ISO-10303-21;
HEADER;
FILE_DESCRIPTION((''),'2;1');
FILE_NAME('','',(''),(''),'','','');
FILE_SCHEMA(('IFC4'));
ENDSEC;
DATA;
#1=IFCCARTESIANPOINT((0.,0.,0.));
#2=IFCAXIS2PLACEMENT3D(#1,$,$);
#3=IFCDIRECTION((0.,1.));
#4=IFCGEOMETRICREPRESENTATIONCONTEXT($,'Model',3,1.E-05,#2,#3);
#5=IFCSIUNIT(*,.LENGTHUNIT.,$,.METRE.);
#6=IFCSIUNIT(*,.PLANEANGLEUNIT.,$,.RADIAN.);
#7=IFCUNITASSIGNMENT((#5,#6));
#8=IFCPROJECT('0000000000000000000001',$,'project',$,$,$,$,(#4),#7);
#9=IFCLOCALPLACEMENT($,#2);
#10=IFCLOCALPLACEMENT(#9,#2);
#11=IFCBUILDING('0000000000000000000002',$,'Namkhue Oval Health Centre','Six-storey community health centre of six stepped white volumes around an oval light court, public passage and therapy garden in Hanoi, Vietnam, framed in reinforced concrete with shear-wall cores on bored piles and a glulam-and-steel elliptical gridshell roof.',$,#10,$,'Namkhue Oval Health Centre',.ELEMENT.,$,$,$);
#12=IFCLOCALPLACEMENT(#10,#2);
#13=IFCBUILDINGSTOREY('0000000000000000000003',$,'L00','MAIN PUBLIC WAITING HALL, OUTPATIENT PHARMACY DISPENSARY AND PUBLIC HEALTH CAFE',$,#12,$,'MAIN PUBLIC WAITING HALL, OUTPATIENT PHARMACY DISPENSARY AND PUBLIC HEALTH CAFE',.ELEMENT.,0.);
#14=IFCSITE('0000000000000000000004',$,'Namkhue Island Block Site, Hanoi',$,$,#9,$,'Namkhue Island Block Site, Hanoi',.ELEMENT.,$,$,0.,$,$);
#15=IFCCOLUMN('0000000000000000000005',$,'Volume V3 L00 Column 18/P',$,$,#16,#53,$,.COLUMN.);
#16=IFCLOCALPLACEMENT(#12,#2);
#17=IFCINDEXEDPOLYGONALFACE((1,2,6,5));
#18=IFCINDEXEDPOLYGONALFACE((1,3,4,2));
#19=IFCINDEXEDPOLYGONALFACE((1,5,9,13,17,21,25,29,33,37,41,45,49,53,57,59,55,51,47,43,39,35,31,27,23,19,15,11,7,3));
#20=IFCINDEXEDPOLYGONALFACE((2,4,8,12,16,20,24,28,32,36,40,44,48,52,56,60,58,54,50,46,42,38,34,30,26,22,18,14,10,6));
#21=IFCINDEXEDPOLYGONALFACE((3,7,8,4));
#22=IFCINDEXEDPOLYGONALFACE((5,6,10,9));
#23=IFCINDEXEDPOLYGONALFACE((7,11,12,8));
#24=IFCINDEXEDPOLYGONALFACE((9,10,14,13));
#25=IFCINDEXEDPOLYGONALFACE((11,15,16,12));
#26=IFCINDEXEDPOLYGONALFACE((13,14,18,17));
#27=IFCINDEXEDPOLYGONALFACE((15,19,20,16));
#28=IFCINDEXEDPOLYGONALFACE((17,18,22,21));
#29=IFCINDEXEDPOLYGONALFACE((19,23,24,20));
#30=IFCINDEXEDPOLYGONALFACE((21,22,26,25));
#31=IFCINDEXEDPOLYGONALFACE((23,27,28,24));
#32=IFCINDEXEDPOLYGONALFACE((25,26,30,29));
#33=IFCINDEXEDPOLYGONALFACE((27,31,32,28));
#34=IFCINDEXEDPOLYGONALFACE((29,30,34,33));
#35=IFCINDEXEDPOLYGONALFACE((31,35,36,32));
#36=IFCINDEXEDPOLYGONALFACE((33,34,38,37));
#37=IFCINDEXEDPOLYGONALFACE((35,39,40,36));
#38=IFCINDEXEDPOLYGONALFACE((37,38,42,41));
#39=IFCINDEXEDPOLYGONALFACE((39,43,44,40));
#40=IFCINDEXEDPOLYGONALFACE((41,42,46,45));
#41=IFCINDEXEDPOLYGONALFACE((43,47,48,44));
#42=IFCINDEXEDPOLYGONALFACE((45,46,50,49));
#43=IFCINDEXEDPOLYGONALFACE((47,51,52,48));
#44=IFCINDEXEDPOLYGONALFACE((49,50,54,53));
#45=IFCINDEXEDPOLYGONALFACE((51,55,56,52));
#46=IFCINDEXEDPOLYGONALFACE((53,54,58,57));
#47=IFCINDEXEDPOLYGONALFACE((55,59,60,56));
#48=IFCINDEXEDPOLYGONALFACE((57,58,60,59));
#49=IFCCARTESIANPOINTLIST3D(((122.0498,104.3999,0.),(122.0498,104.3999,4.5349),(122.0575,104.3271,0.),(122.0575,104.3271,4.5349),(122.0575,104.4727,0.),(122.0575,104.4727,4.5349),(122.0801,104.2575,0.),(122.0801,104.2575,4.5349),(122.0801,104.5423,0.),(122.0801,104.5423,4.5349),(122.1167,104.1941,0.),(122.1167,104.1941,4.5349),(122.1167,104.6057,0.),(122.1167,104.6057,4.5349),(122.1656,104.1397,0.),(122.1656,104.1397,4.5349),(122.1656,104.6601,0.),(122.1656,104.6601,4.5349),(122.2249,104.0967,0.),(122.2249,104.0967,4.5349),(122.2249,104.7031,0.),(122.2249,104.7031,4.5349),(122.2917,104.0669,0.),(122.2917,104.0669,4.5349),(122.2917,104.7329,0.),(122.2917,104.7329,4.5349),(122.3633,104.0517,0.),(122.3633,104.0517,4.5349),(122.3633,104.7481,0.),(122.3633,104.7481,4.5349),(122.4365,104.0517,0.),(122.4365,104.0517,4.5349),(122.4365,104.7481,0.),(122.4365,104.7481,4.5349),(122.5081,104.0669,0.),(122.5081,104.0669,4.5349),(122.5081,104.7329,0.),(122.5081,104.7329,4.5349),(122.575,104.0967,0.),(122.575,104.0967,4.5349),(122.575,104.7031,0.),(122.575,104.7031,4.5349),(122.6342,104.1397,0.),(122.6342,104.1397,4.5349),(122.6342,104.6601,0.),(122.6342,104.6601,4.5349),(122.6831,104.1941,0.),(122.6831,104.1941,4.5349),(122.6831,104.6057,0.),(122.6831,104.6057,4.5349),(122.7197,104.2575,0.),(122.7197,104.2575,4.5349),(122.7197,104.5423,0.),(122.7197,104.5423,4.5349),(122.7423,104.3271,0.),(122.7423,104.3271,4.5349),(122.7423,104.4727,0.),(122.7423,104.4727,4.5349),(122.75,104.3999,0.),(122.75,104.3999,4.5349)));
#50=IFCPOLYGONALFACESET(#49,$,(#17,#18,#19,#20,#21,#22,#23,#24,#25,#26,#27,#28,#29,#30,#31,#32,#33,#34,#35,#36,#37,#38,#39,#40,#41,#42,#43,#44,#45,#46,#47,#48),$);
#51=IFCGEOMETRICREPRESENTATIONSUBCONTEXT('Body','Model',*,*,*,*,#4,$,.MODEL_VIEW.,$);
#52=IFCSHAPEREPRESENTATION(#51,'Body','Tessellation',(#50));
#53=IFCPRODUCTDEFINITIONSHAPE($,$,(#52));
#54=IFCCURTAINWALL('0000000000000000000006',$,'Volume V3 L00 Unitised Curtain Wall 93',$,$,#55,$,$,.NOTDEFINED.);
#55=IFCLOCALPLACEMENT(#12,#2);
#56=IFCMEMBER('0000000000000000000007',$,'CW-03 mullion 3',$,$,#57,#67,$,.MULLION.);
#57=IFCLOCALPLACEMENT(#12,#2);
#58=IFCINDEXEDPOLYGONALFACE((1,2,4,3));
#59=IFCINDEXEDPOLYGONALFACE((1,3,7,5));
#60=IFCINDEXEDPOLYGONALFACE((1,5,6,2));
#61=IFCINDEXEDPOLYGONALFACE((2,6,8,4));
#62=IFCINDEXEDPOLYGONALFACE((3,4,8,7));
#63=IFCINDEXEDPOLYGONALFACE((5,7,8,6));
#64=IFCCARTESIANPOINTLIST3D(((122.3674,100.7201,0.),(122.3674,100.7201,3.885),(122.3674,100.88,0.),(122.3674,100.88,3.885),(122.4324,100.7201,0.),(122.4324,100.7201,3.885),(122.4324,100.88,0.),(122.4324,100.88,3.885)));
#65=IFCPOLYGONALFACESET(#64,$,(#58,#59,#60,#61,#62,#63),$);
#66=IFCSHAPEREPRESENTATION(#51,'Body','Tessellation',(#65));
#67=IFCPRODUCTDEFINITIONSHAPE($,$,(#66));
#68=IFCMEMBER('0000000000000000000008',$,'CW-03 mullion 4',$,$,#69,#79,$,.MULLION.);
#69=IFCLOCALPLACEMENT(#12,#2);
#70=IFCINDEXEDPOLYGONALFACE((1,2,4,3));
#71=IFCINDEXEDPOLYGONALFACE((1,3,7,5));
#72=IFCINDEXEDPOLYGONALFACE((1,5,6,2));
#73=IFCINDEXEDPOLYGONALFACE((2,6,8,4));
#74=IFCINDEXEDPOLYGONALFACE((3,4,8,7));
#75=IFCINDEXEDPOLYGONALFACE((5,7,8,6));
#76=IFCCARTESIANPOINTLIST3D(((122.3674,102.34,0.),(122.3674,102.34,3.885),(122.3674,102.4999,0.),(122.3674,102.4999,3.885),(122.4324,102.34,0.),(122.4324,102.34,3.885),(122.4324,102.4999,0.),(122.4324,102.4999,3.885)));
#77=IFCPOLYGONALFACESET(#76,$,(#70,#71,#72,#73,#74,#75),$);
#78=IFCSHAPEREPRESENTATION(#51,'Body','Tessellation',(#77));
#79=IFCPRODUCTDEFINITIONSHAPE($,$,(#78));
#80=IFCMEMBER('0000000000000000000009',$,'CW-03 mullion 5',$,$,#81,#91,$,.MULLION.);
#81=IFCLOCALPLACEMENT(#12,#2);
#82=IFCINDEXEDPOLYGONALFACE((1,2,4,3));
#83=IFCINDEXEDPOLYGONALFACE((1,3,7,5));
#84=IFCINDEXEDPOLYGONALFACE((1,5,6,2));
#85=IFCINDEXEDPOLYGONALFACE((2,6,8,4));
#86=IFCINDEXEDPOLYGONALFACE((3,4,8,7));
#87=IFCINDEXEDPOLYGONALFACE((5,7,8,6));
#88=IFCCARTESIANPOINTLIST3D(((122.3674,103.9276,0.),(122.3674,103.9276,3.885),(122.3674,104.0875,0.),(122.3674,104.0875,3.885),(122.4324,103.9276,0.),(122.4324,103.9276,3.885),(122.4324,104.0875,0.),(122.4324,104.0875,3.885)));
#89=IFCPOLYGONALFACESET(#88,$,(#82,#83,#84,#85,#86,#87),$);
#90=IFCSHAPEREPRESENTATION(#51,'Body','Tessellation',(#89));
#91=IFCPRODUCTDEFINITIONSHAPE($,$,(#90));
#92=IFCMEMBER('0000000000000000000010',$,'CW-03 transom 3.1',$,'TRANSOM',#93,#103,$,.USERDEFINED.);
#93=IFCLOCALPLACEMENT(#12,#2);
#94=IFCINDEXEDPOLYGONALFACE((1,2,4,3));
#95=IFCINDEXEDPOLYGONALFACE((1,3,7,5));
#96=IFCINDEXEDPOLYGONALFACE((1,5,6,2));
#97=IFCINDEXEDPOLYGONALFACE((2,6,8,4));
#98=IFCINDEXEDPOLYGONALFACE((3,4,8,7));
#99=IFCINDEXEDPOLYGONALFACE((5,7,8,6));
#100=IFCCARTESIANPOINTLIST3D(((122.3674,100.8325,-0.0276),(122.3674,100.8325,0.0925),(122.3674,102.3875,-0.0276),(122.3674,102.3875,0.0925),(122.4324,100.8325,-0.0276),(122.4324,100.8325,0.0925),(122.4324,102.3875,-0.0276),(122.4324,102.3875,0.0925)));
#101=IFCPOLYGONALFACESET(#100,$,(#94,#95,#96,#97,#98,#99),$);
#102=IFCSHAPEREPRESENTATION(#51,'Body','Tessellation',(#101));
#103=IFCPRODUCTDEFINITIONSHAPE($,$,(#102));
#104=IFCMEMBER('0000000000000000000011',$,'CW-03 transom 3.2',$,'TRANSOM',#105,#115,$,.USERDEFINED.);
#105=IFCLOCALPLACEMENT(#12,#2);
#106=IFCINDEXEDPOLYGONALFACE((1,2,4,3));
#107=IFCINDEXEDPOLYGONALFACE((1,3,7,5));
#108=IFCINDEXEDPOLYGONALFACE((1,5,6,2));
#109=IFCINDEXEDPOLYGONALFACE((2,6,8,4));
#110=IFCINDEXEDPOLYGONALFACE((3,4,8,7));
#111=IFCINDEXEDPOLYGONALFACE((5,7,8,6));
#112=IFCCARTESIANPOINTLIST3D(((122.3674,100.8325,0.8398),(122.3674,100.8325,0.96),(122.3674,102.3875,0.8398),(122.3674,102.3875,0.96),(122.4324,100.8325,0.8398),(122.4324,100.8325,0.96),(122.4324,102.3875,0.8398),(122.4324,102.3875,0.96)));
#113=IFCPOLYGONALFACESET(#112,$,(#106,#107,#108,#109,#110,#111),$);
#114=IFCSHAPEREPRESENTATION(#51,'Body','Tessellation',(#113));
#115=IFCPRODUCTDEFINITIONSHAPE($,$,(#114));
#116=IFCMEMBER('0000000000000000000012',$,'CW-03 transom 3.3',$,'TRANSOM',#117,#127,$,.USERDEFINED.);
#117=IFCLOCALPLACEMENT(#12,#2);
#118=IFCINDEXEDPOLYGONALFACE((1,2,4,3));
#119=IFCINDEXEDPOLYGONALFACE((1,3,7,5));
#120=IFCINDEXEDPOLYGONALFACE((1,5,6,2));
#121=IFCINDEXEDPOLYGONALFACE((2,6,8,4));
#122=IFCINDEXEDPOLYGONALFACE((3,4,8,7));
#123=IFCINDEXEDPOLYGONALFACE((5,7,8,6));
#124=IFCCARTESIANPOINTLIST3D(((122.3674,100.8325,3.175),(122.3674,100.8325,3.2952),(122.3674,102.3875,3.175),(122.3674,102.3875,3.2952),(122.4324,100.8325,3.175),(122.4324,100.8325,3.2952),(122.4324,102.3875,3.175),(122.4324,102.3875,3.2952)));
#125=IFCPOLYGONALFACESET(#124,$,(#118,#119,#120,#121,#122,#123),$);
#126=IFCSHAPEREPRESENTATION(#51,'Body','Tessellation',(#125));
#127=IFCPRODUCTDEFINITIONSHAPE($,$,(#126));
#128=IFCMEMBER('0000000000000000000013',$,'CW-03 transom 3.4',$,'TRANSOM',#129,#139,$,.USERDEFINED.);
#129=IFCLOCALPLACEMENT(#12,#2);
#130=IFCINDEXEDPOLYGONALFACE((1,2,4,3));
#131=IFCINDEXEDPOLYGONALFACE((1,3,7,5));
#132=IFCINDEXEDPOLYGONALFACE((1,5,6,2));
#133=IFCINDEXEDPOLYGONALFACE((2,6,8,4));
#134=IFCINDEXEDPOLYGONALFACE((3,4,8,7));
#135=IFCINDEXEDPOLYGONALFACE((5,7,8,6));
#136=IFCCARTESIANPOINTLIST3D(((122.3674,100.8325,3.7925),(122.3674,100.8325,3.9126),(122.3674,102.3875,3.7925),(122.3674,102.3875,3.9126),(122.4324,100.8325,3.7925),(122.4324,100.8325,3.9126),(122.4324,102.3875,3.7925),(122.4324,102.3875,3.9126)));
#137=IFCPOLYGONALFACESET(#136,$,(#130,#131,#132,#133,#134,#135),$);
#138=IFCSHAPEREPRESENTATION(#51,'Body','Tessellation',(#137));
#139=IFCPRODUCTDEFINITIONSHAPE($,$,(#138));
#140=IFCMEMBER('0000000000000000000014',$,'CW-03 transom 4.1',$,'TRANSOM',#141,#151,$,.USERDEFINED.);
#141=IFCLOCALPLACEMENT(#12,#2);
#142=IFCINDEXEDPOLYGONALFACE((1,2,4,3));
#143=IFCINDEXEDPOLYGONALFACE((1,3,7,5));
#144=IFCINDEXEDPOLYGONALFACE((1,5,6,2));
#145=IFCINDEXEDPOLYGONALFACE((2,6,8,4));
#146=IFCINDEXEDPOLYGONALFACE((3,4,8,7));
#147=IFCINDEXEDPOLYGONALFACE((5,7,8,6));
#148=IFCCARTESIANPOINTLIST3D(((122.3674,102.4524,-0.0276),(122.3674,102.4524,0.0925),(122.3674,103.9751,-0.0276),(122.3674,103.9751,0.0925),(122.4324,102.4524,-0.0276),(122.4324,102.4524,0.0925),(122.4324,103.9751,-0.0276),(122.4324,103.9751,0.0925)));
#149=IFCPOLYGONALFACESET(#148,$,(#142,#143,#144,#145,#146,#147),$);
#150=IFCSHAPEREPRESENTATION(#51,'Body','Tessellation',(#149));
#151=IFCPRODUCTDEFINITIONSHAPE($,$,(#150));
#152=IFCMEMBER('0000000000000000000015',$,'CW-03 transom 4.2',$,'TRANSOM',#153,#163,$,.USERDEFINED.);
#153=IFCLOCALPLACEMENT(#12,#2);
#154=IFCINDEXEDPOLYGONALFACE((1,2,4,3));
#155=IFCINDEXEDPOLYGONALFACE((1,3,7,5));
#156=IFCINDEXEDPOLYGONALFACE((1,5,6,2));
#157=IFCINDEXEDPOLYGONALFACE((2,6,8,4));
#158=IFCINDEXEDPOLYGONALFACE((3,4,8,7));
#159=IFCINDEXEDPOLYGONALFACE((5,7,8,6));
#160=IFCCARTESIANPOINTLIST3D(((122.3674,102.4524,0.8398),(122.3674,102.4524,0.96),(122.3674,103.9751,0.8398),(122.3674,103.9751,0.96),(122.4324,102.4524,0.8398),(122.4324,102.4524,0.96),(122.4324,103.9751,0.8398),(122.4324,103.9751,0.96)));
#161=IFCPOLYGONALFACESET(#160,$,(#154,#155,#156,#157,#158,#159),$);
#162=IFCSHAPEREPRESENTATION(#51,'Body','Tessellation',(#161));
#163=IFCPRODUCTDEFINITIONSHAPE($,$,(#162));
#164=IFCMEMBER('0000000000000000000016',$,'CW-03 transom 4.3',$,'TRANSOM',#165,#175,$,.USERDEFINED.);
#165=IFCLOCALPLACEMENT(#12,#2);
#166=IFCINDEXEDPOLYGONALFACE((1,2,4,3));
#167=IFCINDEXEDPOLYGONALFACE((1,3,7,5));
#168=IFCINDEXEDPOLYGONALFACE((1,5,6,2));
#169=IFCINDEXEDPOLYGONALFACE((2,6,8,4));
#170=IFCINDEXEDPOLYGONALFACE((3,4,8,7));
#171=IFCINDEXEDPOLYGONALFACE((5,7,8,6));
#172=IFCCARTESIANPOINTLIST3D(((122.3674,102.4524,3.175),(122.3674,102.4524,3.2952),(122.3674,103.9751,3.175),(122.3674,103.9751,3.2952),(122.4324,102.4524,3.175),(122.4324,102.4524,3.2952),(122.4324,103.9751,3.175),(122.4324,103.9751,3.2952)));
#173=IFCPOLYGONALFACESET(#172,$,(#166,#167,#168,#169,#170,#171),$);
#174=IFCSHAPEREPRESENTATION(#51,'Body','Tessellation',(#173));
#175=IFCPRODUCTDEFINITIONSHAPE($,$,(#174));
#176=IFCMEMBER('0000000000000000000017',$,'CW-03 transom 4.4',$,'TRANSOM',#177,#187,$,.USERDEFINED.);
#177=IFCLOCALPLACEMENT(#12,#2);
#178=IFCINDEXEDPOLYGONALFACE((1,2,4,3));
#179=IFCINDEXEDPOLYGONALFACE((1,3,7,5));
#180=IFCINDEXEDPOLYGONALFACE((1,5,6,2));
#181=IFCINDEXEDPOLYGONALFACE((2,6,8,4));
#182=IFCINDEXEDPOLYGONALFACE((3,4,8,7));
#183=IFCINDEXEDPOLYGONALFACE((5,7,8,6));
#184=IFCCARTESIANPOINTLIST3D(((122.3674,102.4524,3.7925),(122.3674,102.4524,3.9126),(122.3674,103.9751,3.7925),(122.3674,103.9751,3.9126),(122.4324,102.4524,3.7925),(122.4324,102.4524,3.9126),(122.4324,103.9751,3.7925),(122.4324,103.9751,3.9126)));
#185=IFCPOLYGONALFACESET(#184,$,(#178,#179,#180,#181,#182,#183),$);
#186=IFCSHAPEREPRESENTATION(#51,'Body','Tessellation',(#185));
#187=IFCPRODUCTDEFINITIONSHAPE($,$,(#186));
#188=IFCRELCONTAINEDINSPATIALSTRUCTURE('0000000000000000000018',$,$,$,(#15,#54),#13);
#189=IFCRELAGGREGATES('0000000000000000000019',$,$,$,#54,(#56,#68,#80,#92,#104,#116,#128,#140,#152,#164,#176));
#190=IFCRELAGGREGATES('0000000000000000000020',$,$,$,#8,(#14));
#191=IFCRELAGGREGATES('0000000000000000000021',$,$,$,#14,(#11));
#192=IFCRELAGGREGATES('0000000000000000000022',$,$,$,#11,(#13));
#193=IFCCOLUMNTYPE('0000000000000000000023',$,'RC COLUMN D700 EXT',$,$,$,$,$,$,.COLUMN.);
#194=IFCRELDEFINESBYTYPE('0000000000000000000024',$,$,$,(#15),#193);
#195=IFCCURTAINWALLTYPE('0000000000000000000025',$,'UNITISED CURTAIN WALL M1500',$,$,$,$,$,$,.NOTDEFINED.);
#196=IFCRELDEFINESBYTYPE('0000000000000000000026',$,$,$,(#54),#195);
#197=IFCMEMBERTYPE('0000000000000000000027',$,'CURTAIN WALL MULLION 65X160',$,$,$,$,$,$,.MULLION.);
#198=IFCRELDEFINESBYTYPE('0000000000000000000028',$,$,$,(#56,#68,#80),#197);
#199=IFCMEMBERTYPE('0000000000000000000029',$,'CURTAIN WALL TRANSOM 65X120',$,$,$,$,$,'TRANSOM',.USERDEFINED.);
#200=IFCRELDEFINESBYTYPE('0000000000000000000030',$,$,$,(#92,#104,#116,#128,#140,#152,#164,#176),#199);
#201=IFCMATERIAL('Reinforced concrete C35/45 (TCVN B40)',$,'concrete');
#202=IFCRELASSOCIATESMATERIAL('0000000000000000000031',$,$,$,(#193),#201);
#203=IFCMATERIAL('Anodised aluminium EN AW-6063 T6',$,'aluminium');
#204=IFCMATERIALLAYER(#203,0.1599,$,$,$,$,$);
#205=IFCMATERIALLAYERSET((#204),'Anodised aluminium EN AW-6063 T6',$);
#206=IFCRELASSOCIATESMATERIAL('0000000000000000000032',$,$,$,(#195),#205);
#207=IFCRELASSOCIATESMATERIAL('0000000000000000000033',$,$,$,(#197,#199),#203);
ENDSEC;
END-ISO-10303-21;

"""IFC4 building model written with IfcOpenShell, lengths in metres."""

from ifc_helpers import new_model, si_unit, direction, frame, origin, origin_2d, place, context, subcontext, project, spatial, rectangle, circle, extrude, material, layer, layer_set, material_profile, profile_set, type_object, element, aggregate, save


model = new_model("IFC4")

# Units and contexts
model_context = context("Model", 3, precision=1e-05, world=origin(), true_north=direction((0.0, 1.0)))
body_context = subcontext(model_context, "Body", "Model", "MODEL_VIEW")
ifc_project = project(units=[si_unit("LENGTHUNIT", "METRE"), si_unit("PLANEANGLEUNIT", "RADIAN")], contexts=[model_context])

# Site, building, storey
site_placement = place(None, origin())
site = spatial("IfcSite", under=ifc_project, at=site_placement, Name="Namkhue Island Block Site, Hanoi", LongName="Namkhue Island Block Site, Hanoi", CompositionType="ELEMENT", RefElevation=0.0)
building_placement = place(site_placement, origin())
building = spatial("IfcBuilding", under=site, at=building_placement, Name="Namkhue Oval Health Centre", Description="Six-storey community health centre of six stepped white volumes around an oval light court, public passage and therapy garden in Hanoi, Vietnam, framed in reinforced concrete with shear-wall cores on bored piles and a glulam-and-steel elliptical gridshell roof.", LongName="Namkhue Oval Health Centre", CompositionType="ELEMENT")
storey_placement = place(building_placement, origin())
storey = spatial("IfcBuildingStorey", under=building, at=storey_placement, Name="L00", Description="MAIN PUBLIC WAITING HALL, OUTPATIENT PHARMACY DISPENSARY AND PUBLIC HEALTH CAFE", LongName="MAIN PUBLIC WAITING HALL, OUTPATIENT PHARMACY DISPENSARY AND PUBLIC HEALTH CAFE", CompositionType="ELEMENT", Elevation=0.0)

# Column
ifc_material_1 = material(Name="Reinforced concrete C35/45 (TCVN B40)", Category="concrete")
ifc_material_profile_1 = material_profile(ifc_material_1, circle(Radius=0.3501, at=origin_2d()), Name="RC D700")
ifc_profile_set_1 = profile_set([ifc_material_profile_1], Name="Reinforced concrete C35/45 (TCVN B40)")
column_type = type_object("IfcColumnType", Name="RC COLUMN D700 EXT", PredefinedType="COLUMN", material=ifc_profile_set_1)
column_placement = place(storey_placement, frame((122.3999, 104.3999, 0.0), z_axis=(0.0, 0.0, 1.0), x_axis=(1.0, 0.0, 0.0)))
element("IfcColumn", 1, at=column_placement, inside=storey, type_object=column_type, Name="Volume V3 L00 Column 18/P", PredefinedType="COLUMN", context=body_context, shape_type="SweptSolid", body=[
    extrude(circle(Radius=0.3501, at=origin_2d()), origin(), (0.0, 0.0, 1.0), 4.5349),
])

# Curtain wall, members
ifc_material_2 = material(Name="Anodised aluminium EN AW-6063 T6", Category="aluminium")
ifc_layer_1 = layer(ifc_material_2, 0.1599)
ifc_layer_set_1 = layer_set([ifc_layer_1], Name="Anodised aluminium EN AW-6063 T6")
curtain_wall_type_1 = type_object("IfcCurtainWallType", Name="UNITISED CURTAIN WALL M1500", PredefinedType="NOTDEFINED", material=ifc_layer_set_1)
curtain_wall_1_placement = place(storey_placement, origin())
curtain_wall_1 = element("IfcCurtainWall", 2, at=curtain_wall_1_placement, inside=storey, type_object=curtain_wall_type_1, Name="Volume V3 L00 Unitised Curtain Wall 93", PredefinedType="NOTDEFINED")
ifc_material_profile_2 = material_profile(ifc_material_2, rectangle(XDim=0.0649, YDim=0.1599, at=origin_2d()), Name="ALU 65x160")
ifc_profile_set_2 = profile_set([ifc_material_profile_2], Name="Anodised aluminium EN AW-6063 T6")
member_type_1 = type_object("IfcMemberType", Name="CURTAIN WALL MULLION 65X160", PredefinedType="MULLION", material=ifc_profile_set_2)
member_1_placement = place(storey_placement, frame((122.3999, 100.8, 0.0), z_axis=(0.0, 0.0, 1.0), x_axis=(-1.0, 0.0, 0.0)))
member_1 = element("IfcMember", 3, at=member_1_placement, type_object=member_type_1, Name="CW-03 mullion 3", PredefinedType="MULLION", context=body_context, shape_type="SweptSolid", body=[
    extrude(rectangle(XDim=0.0649, YDim=0.1599, at=origin_2d()), origin(), (0.0, 0.0, 1.0), 3.885),
])
member_2_placement = place(storey_placement, frame((122.3999, 102.4199, 0.0), z_axis=(0.0, 0.0, 1.0), x_axis=(-1.0, 0.0, 0.0)))
member_2 = element("IfcMember", 4, at=member_2_placement, type_object=member_type_1, Name="CW-03 mullion 4", PredefinedType="MULLION", context=body_context, shape_type="SweptSolid", body=[
    extrude(rectangle(XDim=0.0649, YDim=0.1599, at=origin_2d()), origin(), (0.0, 0.0, 1.0), 3.885),
])
member_3_placement = place(storey_placement, frame((122.3999, 104.0076, 0.0), z_axis=(0.0, 0.0, 1.0), x_axis=(-1.0, 0.0, 0.0)))
member_3 = element("IfcMember", 5, at=member_3_placement, type_object=member_type_1, Name="CW-03 mullion 5", PredefinedType="MULLION", context=body_context, shape_type="SweptSolid", body=[
    extrude(rectangle(XDim=0.0649, YDim=0.1599, at=origin_2d()), origin(), (0.0, 0.0, 1.0), 3.885),
])
ifc_material_profile_3 = material_profile(ifc_material_2, rectangle(XDim=0.0649, YDim=0.1201, at=origin_2d()), Name="ALU 65x120")
ifc_profile_set_3 = profile_set([ifc_material_profile_3], Name="Anodised aluminium EN AW-6063 T6")
member_type_2 = type_object("IfcMemberType", Name="CURTAIN WALL TRANSOM 65X120", ElementType="TRANSOM", PredefinedType="USERDEFINED", material=ifc_profile_set_3)
member_4_placement = place(storey_placement, frame((122.3999, 100.8325, 0.0325), z_axis=(0.0, 1.0, 0.0), x_axis=(-1.0, 0.0, 0.0)))
member_4 = element("IfcMember", 6, at=member_4_placement, type_object=member_type_2, Name="CW-03 transom 3.1", ObjectType="TRANSOM", PredefinedType="USERDEFINED", context=body_context, shape_type="SweptSolid", body=[
    extrude(rectangle(XDim=0.0649, YDim=0.1201, at=origin_2d()), origin(), (0.0, 0.0, 1.0), 1.5549),
])
member_5_placement = place(storey_placement, frame((122.3999, 100.8325, 0.8999), z_axis=(0.0, 1.0, 0.0), x_axis=(-1.0, 0.0, 0.0)))
member_5 = element("IfcMember", 7, at=member_5_placement, type_object=member_type_2, Name="CW-03 transom 3.2", ObjectType="TRANSOM", PredefinedType="USERDEFINED", context=body_context, shape_type="SweptSolid", body=[
    extrude(rectangle(XDim=0.0649, YDim=0.1201, at=origin_2d()), origin(), (0.0, 0.0, 1.0), 1.5549),
])
member_6_placement = place(storey_placement, frame((122.3999, 100.8325, 3.2351), z_axis=(0.0, 1.0, 0.0), x_axis=(-1.0, 0.0, 0.0)))
member_6 = element("IfcMember", 8, at=member_6_placement, type_object=member_type_2, Name="CW-03 transom 3.3", ObjectType="TRANSOM", PredefinedType="USERDEFINED", context=body_context, shape_type="SweptSolid", body=[
    extrude(rectangle(XDim=0.0649, YDim=0.1201, at=origin_2d()), origin(), (0.0, 0.0, 1.0), 1.5549),
])
member_7_placement = place(storey_placement, frame((122.3999, 100.8325, 3.8525), z_axis=(0.0, 1.0, 0.0), x_axis=(-1.0, 0.0, 0.0)))
member_7 = element("IfcMember", 9, at=member_7_placement, type_object=member_type_2, Name="CW-03 transom 3.4", ObjectType="TRANSOM", PredefinedType="USERDEFINED", context=body_context, shape_type="SweptSolid", body=[
    extrude(rectangle(XDim=0.0649, YDim=0.1201, at=origin_2d()), origin(), (0.0, 0.0, 1.0), 1.5549),
])
member_8_placement = place(storey_placement, frame((122.3999, 102.4524, 0.0325), z_axis=(0.0, 1.0, 0.0), x_axis=(-1.0, 0.0, 0.0)))
member_8 = element("IfcMember", 10, at=member_8_placement, type_object=member_type_2, Name="CW-03 transom 4.1", ObjectType="TRANSOM", PredefinedType="USERDEFINED", context=body_context, shape_type="SweptSolid", body=[
    extrude(rectangle(XDim=0.0649, YDim=0.1201, at=origin_2d()), origin(), (0.0, 0.0, 1.0), 1.5227),
])
member_9_placement = place(storey_placement, frame((122.3999, 102.4524, 0.8999), z_axis=(0.0, 1.0, 0.0), x_axis=(-1.0, 0.0, 0.0)))
member_9 = element("IfcMember", 11, at=member_9_placement, type_object=member_type_2, Name="CW-03 transom 4.2", ObjectType="TRANSOM", PredefinedType="USERDEFINED", context=body_context, shape_type="SweptSolid", body=[
    extrude(rectangle(XDim=0.0649, YDim=0.1201, at=origin_2d()), origin(), (0.0, 0.0, 1.0), 1.5227),
])
member_10_placement = place(storey_placement, frame((122.3999, 102.4524, 3.2351), z_axis=(0.0, 1.0, 0.0), x_axis=(-1.0, 0.0, 0.0)))
member_10 = element("IfcMember", 12, at=member_10_placement, type_object=member_type_2, Name="CW-03 transom 4.3", ObjectType="TRANSOM", PredefinedType="USERDEFINED", context=body_context, shape_type="SweptSolid", body=[
    extrude(rectangle(XDim=0.0649, YDim=0.1201, at=origin_2d()), origin(), (0.0, 0.0, 1.0), 1.5227),
])
member_11_placement = place(storey_placement, frame((122.3999, 102.4524, 3.8525), z_axis=(0.0, 1.0, 0.0), x_axis=(-1.0, 0.0, 0.0)))
member_11 = element("IfcMember", 13, at=member_11_placement, type_object=member_type_2, Name="CW-03 transom 4.4", ObjectType="TRANSOM", PredefinedType="USERDEFINED", context=body_context, shape_type="SweptSolid", body=[
    extrude(rectangle(XDim=0.0649, YDim=0.1201, at=origin_2d()), origin(), (0.0, 0.0, 1.0), 1.5227),
])
aggregate(curtain_wall_1, [member_1, member_2, member_3, member_4, member_5, member_6, member_7, member_8, member_9, member_10, member_11])

save(model, "model.ifc")
